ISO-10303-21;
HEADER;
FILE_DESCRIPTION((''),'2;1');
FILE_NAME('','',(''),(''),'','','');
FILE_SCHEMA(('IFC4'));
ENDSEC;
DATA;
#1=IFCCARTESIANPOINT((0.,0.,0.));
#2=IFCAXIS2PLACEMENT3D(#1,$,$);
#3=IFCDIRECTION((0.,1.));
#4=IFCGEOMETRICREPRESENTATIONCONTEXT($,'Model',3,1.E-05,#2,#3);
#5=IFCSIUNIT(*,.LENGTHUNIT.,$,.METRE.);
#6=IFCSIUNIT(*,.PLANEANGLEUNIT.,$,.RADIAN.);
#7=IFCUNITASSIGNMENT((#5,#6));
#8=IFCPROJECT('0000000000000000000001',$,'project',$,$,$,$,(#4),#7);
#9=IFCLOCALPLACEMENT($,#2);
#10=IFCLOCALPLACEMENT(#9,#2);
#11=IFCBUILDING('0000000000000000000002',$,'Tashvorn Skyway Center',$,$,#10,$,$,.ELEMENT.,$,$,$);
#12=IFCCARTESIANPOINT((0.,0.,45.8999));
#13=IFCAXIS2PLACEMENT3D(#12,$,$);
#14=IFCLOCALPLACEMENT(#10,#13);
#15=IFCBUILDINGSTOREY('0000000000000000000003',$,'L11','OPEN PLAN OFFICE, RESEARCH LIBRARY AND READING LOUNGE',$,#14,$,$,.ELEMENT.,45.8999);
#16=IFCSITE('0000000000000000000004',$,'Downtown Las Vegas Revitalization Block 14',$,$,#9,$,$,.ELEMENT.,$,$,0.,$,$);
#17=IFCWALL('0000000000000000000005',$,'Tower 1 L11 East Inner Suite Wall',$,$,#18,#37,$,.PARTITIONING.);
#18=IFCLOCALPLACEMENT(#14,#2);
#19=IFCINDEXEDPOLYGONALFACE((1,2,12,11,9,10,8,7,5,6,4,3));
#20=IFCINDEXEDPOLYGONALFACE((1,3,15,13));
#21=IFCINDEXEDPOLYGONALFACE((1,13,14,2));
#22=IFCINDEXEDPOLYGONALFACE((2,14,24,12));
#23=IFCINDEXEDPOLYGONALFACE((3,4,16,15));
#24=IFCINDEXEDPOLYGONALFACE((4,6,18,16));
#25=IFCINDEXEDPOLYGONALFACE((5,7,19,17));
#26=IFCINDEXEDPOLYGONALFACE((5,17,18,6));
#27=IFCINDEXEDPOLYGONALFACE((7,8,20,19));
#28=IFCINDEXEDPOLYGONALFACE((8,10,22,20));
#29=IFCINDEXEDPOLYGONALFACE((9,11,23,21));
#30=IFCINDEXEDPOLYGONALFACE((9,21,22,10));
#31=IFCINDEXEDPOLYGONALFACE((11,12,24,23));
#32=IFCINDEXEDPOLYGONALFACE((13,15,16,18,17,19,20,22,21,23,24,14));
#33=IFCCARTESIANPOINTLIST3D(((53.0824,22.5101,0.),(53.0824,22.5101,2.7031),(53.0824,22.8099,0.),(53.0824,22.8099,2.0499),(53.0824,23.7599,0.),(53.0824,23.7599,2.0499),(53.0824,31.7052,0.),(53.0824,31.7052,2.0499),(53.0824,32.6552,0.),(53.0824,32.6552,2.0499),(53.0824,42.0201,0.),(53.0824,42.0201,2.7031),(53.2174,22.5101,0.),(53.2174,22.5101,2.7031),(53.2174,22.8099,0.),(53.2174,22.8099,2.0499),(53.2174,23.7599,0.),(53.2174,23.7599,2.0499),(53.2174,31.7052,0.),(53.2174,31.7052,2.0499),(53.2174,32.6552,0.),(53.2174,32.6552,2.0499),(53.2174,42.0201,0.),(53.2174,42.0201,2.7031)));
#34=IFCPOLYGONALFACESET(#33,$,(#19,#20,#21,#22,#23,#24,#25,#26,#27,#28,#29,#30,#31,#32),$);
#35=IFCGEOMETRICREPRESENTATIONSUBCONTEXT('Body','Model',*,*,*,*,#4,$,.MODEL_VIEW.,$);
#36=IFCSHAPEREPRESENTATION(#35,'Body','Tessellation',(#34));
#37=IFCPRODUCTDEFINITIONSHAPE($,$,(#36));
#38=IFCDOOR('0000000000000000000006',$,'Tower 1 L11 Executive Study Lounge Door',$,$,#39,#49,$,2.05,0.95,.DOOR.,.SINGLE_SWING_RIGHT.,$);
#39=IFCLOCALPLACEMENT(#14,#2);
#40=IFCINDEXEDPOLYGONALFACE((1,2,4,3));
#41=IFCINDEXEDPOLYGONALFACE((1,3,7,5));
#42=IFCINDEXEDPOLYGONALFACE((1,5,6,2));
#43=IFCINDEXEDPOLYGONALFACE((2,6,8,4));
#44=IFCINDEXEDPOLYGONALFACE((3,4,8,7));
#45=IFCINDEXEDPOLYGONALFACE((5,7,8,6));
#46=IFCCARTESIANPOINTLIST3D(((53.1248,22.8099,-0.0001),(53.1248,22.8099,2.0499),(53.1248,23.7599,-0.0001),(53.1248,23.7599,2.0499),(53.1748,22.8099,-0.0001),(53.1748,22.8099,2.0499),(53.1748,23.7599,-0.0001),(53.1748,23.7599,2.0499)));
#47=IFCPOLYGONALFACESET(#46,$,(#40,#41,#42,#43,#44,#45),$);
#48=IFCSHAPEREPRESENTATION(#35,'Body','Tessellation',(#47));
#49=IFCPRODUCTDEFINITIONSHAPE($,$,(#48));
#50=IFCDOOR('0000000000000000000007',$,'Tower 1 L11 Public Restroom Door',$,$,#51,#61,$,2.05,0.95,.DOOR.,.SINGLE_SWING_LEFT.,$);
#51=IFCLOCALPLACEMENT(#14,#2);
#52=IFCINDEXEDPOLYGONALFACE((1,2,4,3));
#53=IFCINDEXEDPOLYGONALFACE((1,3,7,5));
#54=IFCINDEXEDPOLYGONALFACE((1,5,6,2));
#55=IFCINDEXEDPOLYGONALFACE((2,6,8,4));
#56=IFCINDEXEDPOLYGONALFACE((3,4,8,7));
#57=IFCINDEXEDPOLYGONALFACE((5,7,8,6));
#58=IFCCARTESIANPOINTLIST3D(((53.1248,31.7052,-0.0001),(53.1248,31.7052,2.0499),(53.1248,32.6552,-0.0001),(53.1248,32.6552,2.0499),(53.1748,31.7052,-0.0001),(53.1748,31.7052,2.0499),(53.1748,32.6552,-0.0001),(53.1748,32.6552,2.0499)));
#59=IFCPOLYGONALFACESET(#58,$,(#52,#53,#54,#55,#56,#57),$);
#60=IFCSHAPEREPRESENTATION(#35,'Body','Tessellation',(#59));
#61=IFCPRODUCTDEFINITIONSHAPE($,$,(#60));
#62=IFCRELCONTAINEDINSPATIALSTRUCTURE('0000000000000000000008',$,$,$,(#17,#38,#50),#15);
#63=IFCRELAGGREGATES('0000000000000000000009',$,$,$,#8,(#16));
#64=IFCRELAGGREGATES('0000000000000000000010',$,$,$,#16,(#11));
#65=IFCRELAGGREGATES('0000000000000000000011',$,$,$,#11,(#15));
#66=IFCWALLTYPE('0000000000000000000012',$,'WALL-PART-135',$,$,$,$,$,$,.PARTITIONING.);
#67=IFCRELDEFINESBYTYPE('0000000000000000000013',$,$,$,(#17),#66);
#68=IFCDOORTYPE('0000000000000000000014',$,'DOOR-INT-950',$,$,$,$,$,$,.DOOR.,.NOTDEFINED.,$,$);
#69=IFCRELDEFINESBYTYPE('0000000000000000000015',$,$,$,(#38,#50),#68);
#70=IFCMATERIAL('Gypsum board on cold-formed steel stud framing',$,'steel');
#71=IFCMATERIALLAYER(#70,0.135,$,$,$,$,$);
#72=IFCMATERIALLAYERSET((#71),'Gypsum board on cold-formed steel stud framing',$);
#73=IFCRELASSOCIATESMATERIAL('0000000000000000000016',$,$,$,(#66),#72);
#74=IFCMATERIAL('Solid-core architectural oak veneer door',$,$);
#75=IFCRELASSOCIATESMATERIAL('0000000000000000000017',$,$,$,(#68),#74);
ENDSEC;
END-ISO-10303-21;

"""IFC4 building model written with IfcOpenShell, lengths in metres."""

from ifc_helpers import new_model, si_unit, direction, frame, frame_2d, origin, place, context, subcontext, project, spatial, rectangle, extrude, material, layer, layer_set, type_object, element, fill, save


model = new_model("IFC4")

# Units and contexts
model_context = context("Model", 3, precision=1e-05, world=origin(), true_north=direction((0.0, 1.0)))
body_context = subcontext(model_context, "Body", "Model", "MODEL_VIEW")
ifc_project = project(units=[si_unit("LENGTHUNIT", "METRE"), si_unit("PLANEANGLEUNIT", "RADIAN")], contexts=[model_context])

# Site, building, storey
site_placement = place(None, origin())
site = spatial("IfcSite", under=ifc_project, at=site_placement, Name="Downtown Las Vegas Revitalization Block 14", CompositionType="ELEMENT", RefElevation=0.0)
building_placement = place(site_placement, origin())
building = spatial("IfcBuilding", under=site, at=building_placement, Name="Tashvorn Skyway Center", CompositionType="ELEMENT")
storey_placement = place(building_placement, frame((0.0, 0.0, 45.8999)))
storey = spatial("IfcBuildingStorey", under=building, at=storey_placement, Name="L11", Description="OPEN PLAN OFFICE, RESEARCH LIBRARY AND READING LOUNGE", CompositionType="ELEMENT", Elevation=45.8999)

# Wall, openings, doors
ifc_material_1 = material(Name="Gypsum board on cold-formed steel stud framing", Category="steel")
ifc_layer_1 = layer(ifc_material_1, 0.135)
ifc_layer_set_1 = layer_set([ifc_layer_1], Name="Gypsum board on cold-formed steel stud framing")
wall_type_1 = type_object("IfcWallType", Name="WALL-PART-135", PredefinedType="PARTITIONING", material=ifc_layer_set_1)
wall_1_placement = place(storey_placement, frame((53.1499, 42.02, 0.0), z_axis=(0.0, 0.0, 1.0), x_axis=(0.0, -1.0, 0.0)))
wall_1 = element("IfcWall", 1, at=wall_1_placement, inside=storey, type_object=wall_type_1, Name="Tower 1 L11 East Inner Suite Wall", PredefinedType="PARTITIONING", context=body_context, shape_type="SweptSolid", body=[
    extrude(rectangle(XDim=19.51, YDim=0.135, at=frame_2d((9.7549, 0.0))), origin(), (0.0, 0.0, 1.0), 2.7031),
])
opening_1_placement = place(wall_1_placement, frame((18.26, 0.0, 0.0)))
opening_1 = element("IfcOpeningElement", 2, at=opening_1_placement, cuts=wall_1, PredefinedType="OPENING", context=body_context, shape_type="SweptSolid", body=[
    extrude(rectangle(XDim=0.95, YDim=2.05, at=frame_2d((0.4751, 1.0249))), frame((0.0, 0.0774, 0.0), z_axis=(0.0, -1.0, 0.0), x_axis=(1.0, 0.0, 0.0)), (0.0, 0.0, 1.0), 0.155),
])
opening_2_placement = place(wall_1_placement, frame((9.3647, 0.0, 0.0)))
opening_2 = element("IfcOpeningElement", 3, at=opening_2_placement, cuts=wall_1, PredefinedType="OPENING", context=body_context, shape_type="SweptSolid", body=[
    extrude(rectangle(XDim=0.95, YDim=2.05, at=frame_2d((0.4751, 1.0249))), frame((0.0, 0.0774, 0.0), z_axis=(0.0, -1.0, 0.0), x_axis=(1.0, 0.0, 0.0)), (0.0, 0.0, 1.0), 0.155),
])
ifc_material_2 = material(Name="Solid-core architectural oak veneer door")
door_type = type_object("IfcDoorType", Name="DOOR-INT-950", OperationType="NOTDEFINED", PredefinedType="DOOR", material=ifc_material_2)
door_1_placement = place(opening_1_placement, origin())
door_1 = element("IfcDoor", 4, at=door_1_placement, inside=storey, type_object=door_type, Name="Tower 1 L11 Executive Study Lounge Door", OperationType="SINGLE_SWING_RIGHT", OverallHeight=2.05, OverallWidth=0.95, PredefinedType="DOOR", context=body_context, shape_type="SweptSolid", body=[
    extrude(rectangle(XDim=0.95, YDim=2.05, at=frame_2d((0.4751, 1.0249))), frame((0.0, 0.0249, 0.0), z_axis=(0.0, -1.0, 0.0), x_axis=(1.0, 0.0, 0.0)), (0.0, 0.0, 1.0), 0.05),
])
fill(opening_1, door_1)
door_2_placement = place(opening_2_placement, origin())
door_2 = element("IfcDoor", 5, at=door_2_placement, inside=storey, type_object=door_type, Name="Tower 1 L11 Public Restroom Door", OperationType="SINGLE_SWING_LEFT", OverallHeight=2.05, OverallWidth=0.95, PredefinedType="DOOR", context=body_context, shape_type="SweptSolid", body=[
    extrude(rectangle(XDim=0.95, YDim=2.05, at=frame_2d((0.4751, 1.0249))), frame((0.0, 0.0249, 0.0), z_axis=(0.0, -1.0, 0.0), x_axis=(1.0, 0.0, 0.0)), (0.0, 0.0, 1.0), 0.05),
])
fill(opening_2, door_2)

save(model, "model.ifc")
